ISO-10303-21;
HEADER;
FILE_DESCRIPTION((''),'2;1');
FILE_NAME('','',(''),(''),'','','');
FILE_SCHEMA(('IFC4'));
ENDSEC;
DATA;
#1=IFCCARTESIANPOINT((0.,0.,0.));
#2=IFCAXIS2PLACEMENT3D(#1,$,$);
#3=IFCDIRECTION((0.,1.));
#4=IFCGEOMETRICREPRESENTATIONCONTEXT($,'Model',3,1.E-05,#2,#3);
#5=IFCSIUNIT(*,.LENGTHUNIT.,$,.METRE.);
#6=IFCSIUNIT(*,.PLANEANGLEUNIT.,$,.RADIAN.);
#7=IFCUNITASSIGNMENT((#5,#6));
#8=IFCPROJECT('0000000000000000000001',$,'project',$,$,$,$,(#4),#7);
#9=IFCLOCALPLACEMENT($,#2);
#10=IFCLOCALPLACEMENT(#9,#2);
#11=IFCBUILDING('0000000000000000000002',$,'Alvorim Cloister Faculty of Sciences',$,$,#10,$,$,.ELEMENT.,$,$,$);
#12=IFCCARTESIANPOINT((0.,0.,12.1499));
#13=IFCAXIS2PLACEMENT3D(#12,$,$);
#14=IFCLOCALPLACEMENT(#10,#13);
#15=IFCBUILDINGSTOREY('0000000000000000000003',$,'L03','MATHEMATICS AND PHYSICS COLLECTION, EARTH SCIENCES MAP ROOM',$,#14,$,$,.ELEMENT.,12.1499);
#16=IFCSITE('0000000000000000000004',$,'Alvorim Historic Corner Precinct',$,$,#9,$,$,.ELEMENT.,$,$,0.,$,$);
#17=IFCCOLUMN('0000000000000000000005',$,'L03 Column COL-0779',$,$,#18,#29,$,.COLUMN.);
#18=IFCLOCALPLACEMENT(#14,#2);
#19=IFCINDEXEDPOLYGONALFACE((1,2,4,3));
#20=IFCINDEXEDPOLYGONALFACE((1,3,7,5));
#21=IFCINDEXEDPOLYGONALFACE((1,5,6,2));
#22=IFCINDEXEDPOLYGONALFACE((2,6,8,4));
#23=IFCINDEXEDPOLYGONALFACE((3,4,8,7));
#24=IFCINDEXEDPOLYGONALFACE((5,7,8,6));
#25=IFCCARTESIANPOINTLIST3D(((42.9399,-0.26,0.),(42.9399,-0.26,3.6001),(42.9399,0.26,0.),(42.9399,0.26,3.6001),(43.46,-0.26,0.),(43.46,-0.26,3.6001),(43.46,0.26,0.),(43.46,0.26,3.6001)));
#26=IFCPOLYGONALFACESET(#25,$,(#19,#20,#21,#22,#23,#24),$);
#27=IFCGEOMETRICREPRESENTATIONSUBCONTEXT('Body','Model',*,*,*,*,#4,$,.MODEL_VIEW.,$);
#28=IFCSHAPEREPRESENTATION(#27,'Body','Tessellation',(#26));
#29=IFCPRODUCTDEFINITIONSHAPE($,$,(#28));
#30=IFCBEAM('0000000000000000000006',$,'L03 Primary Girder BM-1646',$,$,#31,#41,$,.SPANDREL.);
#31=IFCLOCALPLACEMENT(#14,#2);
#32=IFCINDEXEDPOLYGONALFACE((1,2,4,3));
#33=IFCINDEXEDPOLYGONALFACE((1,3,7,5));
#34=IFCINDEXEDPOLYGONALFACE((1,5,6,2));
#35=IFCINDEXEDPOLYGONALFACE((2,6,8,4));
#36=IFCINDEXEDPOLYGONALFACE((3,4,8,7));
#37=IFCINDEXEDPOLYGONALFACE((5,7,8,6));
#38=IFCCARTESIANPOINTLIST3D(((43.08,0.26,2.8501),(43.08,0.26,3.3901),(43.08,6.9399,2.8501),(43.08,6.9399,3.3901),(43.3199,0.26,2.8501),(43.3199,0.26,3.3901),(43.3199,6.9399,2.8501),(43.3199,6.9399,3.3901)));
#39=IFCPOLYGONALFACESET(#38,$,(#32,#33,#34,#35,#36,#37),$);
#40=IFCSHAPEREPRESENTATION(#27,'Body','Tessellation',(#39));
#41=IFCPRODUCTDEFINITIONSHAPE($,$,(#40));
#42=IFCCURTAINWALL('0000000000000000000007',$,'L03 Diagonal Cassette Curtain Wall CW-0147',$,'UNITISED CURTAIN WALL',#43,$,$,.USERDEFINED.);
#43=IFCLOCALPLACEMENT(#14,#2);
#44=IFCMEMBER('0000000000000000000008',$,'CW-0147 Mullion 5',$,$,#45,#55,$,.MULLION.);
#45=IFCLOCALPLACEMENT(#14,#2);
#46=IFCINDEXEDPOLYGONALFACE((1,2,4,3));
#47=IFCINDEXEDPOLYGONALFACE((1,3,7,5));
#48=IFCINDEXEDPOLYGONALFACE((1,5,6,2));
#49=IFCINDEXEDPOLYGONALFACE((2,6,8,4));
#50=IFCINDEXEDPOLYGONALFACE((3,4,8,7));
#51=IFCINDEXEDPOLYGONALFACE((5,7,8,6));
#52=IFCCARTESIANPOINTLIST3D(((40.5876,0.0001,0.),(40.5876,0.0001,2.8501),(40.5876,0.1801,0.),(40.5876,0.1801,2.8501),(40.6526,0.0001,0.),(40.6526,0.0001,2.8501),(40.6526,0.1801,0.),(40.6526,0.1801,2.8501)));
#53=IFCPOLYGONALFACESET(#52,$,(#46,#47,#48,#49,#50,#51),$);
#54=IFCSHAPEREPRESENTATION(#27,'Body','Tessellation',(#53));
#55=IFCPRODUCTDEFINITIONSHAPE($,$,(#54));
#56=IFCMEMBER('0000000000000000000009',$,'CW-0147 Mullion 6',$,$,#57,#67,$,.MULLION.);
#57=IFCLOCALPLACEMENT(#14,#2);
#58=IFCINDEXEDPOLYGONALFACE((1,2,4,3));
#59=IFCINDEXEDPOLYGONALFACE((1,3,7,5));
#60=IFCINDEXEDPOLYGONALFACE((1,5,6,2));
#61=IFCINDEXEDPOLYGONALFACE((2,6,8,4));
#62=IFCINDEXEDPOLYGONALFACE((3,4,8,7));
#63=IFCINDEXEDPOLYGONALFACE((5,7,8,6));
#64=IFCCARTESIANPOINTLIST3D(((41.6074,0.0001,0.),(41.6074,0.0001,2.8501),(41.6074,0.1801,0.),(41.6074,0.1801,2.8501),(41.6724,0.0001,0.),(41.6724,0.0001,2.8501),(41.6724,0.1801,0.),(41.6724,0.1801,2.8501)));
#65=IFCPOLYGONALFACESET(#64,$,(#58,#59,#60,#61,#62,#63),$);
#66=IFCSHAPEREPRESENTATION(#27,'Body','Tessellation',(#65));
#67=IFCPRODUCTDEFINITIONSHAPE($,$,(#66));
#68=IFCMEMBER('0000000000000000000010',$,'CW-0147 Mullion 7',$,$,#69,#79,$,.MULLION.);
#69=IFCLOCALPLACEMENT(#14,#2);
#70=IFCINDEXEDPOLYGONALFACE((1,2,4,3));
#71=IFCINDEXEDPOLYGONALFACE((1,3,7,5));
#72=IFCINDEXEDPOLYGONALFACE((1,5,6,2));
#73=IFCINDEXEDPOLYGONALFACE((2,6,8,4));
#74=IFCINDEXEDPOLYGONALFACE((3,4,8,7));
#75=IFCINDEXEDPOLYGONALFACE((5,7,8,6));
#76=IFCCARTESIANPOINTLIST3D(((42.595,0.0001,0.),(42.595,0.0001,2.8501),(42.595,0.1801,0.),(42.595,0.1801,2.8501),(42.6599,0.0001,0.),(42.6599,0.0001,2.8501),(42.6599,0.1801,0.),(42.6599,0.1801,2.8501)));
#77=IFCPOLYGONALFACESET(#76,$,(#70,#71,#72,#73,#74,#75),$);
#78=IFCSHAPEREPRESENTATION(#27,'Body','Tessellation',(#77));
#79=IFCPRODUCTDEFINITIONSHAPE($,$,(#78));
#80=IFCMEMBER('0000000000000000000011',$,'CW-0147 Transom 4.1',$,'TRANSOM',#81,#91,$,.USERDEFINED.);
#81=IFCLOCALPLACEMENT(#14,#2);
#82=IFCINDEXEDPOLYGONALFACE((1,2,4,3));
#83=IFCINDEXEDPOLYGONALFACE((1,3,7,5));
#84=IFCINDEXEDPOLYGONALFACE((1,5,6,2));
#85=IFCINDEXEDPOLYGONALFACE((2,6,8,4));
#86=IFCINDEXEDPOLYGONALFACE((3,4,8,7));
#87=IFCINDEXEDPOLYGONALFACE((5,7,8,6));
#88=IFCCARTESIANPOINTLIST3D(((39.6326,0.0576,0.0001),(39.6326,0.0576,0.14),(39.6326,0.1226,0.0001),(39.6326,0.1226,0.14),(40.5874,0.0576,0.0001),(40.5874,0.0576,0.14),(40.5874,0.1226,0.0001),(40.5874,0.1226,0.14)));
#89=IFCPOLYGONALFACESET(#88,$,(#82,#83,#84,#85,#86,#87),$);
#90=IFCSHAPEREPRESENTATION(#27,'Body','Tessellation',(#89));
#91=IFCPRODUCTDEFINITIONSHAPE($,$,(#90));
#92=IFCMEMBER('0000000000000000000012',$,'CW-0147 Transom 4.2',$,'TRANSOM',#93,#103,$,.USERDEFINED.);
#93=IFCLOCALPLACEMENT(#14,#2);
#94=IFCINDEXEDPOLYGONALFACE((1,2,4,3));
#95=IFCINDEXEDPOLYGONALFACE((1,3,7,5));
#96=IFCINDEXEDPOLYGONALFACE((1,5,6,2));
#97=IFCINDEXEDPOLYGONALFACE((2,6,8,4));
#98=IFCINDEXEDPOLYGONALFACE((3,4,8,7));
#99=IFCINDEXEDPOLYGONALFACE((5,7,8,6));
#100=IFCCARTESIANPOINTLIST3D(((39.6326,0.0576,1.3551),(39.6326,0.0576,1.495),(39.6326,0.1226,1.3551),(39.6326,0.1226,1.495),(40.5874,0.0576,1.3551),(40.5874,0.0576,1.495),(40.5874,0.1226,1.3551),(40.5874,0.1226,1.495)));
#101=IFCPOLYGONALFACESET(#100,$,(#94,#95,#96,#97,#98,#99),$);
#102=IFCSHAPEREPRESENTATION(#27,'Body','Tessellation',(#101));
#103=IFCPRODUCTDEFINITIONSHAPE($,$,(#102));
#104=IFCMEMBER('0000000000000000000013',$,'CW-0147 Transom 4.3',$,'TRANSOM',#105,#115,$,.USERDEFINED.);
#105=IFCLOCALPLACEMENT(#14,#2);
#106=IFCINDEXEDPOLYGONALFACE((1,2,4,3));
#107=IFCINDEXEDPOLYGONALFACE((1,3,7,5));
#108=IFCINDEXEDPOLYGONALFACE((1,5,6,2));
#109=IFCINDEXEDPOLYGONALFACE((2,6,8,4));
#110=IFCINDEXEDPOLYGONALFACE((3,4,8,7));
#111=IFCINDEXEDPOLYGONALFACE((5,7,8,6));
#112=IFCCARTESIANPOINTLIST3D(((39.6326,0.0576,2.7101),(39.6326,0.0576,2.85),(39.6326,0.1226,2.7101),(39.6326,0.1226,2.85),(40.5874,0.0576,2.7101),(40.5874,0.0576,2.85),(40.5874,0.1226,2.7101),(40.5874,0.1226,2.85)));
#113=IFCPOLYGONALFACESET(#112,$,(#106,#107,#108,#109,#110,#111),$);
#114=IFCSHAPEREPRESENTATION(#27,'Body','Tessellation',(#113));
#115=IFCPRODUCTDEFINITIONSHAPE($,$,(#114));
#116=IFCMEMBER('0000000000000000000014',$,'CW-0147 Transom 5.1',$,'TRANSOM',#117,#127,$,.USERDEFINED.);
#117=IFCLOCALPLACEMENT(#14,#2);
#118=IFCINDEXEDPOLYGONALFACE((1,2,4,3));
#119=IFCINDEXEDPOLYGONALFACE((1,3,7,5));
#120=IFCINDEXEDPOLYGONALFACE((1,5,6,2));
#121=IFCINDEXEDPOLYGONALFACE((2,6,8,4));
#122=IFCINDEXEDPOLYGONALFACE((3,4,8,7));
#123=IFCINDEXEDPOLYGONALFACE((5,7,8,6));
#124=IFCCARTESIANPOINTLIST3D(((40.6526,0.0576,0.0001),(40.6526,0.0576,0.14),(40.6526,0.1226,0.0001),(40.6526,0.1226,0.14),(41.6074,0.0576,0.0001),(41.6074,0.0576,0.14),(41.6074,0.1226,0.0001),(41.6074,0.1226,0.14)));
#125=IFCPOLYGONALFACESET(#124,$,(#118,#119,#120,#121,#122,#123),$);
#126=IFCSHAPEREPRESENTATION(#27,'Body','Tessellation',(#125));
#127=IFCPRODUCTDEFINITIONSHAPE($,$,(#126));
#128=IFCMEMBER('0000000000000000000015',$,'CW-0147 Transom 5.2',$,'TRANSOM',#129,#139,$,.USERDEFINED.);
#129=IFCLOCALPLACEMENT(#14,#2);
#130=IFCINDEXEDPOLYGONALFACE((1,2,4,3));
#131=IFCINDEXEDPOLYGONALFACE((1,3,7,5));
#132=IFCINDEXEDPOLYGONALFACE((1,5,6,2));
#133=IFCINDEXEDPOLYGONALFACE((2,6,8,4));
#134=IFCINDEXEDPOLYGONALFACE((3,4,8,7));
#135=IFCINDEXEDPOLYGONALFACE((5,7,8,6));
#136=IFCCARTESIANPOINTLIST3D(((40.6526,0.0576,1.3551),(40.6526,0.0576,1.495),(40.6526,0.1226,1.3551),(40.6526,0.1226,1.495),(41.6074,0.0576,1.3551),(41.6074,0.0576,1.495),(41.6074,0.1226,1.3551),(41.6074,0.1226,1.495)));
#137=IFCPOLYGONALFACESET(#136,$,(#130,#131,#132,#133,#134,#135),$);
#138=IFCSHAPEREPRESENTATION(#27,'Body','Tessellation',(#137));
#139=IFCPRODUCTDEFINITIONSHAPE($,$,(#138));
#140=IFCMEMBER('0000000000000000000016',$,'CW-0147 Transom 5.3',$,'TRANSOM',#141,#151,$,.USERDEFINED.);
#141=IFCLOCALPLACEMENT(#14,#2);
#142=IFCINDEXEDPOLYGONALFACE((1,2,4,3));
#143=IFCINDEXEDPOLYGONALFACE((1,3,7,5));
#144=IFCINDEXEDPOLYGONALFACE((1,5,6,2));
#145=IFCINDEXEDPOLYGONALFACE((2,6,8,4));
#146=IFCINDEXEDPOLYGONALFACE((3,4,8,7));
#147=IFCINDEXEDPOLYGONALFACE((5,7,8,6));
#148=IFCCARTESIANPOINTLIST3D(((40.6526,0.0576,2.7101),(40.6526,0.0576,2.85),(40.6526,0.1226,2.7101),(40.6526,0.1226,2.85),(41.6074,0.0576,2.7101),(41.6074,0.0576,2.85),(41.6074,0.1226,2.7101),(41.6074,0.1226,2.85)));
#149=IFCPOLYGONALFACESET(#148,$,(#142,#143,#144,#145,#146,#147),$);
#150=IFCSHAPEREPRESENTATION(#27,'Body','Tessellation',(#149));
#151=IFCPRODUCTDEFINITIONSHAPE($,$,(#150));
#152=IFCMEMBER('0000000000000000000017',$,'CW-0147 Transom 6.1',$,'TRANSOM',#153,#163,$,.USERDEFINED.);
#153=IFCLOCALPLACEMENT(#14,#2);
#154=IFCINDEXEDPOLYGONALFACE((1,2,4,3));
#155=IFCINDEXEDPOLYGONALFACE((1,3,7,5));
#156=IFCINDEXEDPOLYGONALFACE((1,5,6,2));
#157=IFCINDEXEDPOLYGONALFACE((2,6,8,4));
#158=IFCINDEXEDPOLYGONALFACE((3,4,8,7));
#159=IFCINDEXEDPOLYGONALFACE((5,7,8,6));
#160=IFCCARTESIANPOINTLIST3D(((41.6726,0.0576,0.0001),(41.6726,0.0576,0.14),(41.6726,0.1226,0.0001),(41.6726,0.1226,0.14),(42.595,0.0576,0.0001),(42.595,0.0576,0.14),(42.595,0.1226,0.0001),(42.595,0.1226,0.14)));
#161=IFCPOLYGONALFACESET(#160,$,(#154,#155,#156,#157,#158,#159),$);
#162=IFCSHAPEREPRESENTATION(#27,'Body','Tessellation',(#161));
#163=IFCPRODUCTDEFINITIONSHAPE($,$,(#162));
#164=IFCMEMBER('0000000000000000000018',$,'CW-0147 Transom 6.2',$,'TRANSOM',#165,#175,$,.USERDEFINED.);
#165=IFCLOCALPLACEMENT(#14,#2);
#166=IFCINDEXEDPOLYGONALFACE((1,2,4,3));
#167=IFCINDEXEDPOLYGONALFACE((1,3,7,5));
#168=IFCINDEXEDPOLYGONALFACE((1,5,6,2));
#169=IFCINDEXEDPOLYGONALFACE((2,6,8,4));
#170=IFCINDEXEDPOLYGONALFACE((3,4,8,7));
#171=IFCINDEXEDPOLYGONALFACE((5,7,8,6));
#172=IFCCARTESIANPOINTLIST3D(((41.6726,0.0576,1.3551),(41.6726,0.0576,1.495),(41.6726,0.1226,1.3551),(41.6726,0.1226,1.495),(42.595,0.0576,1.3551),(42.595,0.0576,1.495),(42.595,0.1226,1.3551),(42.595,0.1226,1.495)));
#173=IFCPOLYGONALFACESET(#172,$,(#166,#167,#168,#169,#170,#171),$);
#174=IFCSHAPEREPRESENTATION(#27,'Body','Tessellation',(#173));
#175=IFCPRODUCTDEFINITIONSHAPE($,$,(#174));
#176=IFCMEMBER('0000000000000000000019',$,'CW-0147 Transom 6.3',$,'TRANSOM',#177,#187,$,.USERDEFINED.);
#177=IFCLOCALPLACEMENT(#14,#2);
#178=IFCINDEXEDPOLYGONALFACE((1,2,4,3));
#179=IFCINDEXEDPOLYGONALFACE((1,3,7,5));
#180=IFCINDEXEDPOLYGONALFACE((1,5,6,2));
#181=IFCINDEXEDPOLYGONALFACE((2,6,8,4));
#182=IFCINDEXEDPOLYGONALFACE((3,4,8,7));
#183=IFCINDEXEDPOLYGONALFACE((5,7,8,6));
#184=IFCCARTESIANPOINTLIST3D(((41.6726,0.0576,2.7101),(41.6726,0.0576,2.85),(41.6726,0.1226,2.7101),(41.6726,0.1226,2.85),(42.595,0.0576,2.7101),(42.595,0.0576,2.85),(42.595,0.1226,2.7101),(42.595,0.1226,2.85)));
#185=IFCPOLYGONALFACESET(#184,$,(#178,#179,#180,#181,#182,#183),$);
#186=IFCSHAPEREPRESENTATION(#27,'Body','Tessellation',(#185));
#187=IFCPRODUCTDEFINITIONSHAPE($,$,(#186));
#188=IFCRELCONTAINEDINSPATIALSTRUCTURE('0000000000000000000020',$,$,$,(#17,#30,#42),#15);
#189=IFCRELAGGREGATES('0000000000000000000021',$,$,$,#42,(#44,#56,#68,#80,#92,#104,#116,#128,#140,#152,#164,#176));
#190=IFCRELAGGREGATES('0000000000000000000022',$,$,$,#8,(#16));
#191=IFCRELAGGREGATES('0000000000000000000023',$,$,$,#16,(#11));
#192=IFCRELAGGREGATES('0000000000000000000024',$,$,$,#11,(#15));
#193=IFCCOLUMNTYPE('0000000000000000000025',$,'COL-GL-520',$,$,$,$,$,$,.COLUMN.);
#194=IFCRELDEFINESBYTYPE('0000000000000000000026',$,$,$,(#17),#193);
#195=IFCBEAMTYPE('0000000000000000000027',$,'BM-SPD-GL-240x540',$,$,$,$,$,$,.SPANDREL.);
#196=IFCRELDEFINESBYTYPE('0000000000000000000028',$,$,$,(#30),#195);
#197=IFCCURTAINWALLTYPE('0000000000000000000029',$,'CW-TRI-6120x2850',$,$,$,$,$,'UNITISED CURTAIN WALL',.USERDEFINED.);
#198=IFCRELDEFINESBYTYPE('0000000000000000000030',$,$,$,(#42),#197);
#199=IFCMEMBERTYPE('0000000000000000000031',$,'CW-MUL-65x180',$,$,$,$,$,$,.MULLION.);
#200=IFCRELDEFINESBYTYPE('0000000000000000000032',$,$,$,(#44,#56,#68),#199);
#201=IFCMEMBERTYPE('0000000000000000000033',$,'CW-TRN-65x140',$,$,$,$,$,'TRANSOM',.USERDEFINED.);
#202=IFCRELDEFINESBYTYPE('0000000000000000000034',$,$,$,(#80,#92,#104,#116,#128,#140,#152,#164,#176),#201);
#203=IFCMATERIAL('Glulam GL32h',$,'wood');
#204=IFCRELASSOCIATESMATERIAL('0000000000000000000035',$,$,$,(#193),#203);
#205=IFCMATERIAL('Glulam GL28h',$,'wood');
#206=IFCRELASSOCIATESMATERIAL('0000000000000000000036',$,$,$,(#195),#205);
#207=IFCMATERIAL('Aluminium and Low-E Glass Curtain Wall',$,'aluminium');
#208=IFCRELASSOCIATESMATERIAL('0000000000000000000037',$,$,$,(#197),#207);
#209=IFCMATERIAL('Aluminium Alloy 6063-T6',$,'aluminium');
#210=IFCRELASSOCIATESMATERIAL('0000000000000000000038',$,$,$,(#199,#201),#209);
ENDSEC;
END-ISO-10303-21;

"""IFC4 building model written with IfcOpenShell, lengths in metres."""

from ifc_helpers import new_model, si_unit, direction, frame, origin, origin_2d, place, context, subcontext, project, spatial, rectangle, extrude, material, material_profile, profile_set, type_object, element, aggregate, save


model = new_model("IFC4")

# Units and contexts
model_context = context("Model", 3, precision=1e-05, world=origin(), true_north=direction((0.0, 1.0)))
body_context = subcontext(model_context, "Body", "Model", "MODEL_VIEW")
ifc_project = project(units=[si_unit("LENGTHUNIT", "METRE"), si_unit("PLANEANGLEUNIT", "RADIAN")], contexts=[model_context])

# Site, building, storey
site_placement = place(None, origin())
site = spatial("IfcSite", under=ifc_project, at=site_placement, Name="Alvorim Historic Corner Precinct", CompositionType="ELEMENT", RefElevation=0.0)
building_placement = place(site_placement, origin())
building = spatial("IfcBuilding", under=site, at=building_placement, Name="Alvorim Cloister Faculty of Sciences", CompositionType="ELEMENT")
storey_placement = place(building_placement, frame((0.0, 0.0, 12.1499)))
storey = spatial("IfcBuildingStorey", under=building, at=storey_placement, Name="L03", Description="MATHEMATICS AND PHYSICS COLLECTION, EARTH SCIENCES MAP ROOM", CompositionType="ELEMENT", Elevation=12.1499)

# Column
ifc_material_1 = material(Name="Glulam GL32h", Category="wood")
ifc_material_profile_1 = material_profile(ifc_material_1, rectangle(XDim=0.52, YDim=0.52, at=origin_2d()), Name="GL32-COL-520x520")
ifc_profile_set_1 = profile_set([ifc_material_profile_1], Name="Glulam GL32h")
column_type = type_object("IfcColumnType", Name="COL-GL-520", PredefinedType="COLUMN", material=ifc_profile_set_1)
column_placement = place(storey_placement, frame((43.2, 0.0, 0.0), z_axis=(0.0, 0.0, 1.0), x_axis=(1.0, 0.0, 0.0)))
element("IfcColumn", 1, at=column_placement, inside=storey, type_object=column_type, Name="L03 Column COL-0779", PredefinedType="COLUMN", context=body_context, shape_type="SweptSolid", body=[
    extrude(rectangle(XDim=0.52, YDim=0.52, at=origin_2d()), origin(), (0.0, 0.0, 1.0), 3.6001),
])

# Beam
ifc_material_2 = material(Name="Glulam GL28h", Category="wood")
ifc_material_profile_2 = material_profile(ifc_material_2, rectangle(XDim=0.24, YDim=0.54, at=origin_2d()), Name="GL28-SPD-240x540")
ifc_profile_set_2 = profile_set([ifc_material_profile_2], Name="Glulam GL28h")
beam_type = type_object("IfcBeamType", Name="BM-SPD-GL-240x540", PredefinedType="SPANDREL", material=ifc_profile_set_2)
beam_placement = place(storey_placement, frame((43.2, 0.26, 3.1201), z_axis=(0.0, 1.0, 0.0), x_axis=(-1.0, 0.0, 0.0)))
element("IfcBeam", 2, at=beam_placement, inside=storey, type_object=beam_type, Name="L03 Primary Girder BM-1646", PredefinedType="SPANDREL", context=body_context, shape_type="SweptSolid", body=[
    extrude(rectangle(XDim=0.24, YDim=0.54, at=origin_2d()), origin(), (0.0, 0.0, 1.0), 6.6799),
])

# Curtain wall, members
ifc_material_3 = material(Name="Aluminium and Low-E Glass Curtain Wall", Category="aluminium")
curtain_wall_type = type_object("IfcCurtainWallType", Name="CW-TRI-6120x2850", ElementType="UNITISED CURTAIN WALL", PredefinedType="USERDEFINED", material=ifc_material_3)
curtain_wall_placement = place(storey_placement, origin())
curtain_wall = element("IfcCurtainWall", 3, at=curtain_wall_placement, inside=storey, type_object=curtain_wall_type, Name="L03 Diagonal Cassette Curtain Wall CW-0147", ObjectType="UNITISED CURTAIN WALL", PredefinedType="USERDEFINED")
ifc_material_4 = material(Name="Aluminium Alloy 6063-T6", Category="aluminium")
ifc_material_profile_3 = material_profile(ifc_material_4, rectangle(XDim=0.0649, YDim=0.1799, at=origin_2d()), Name="ALU-MUL-65x180")
ifc_profile_set_3 = profile_set([ifc_material_profile_3], Name="Aluminium Alloy 6063-T6")
member_type_1 = type_object("IfcMemberType", Name="CW-MUL-65x180", PredefinedType="MULLION", material=ifc_profile_set_3)
member_1_placement = place(storey_placement, frame((40.6201, 0.0901, 0.0), z_axis=(0.0, 0.0, 1.0), x_axis=(1.0, 0.0, 0.0)))
member_1 = element("IfcMember", 4, at=member_1_placement, type_object=member_type_1, Name="CW-0147 Mullion 5", PredefinedType="MULLION", context=body_context, shape_type="SweptSolid", body=[
    extrude(rectangle(XDim=0.0649, YDim=0.1799, at=origin_2d()), origin(), (0.0, 0.0, 1.0), 2.8501),
])
member_2_placement = place(storey_placement, frame((41.6399, 0.0901, 0.0), z_axis=(0.0, 0.0, 1.0), x_axis=(1.0, 0.0, 0.0)))
member_2 = element("IfcMember", 5, at=member_2_placement, type_object=member_type_1, Name="CW-0147 Mullion 6", PredefinedType="MULLION", context=body_context, shape_type="SweptSolid", body=[
    extrude(rectangle(XDim=0.0649, YDim=0.1799, at=origin_2d()), origin(), (0.0, 0.0, 1.0), 2.8501),
])
member_3_placement = place(storey_placement, frame((42.6274, 0.0901, 0.0), z_axis=(0.0, 0.0, 1.0), x_axis=(1.0, 0.0, 0.0)))
member_3 = element("IfcMember", 6, at=member_3_placement, type_object=member_type_1, Name="CW-0147 Mullion 7", PredefinedType="MULLION", context=body_context, shape_type="SweptSolid", body=[
    extrude(rectangle(XDim=0.0649, YDim=0.1799, at=origin_2d()), origin(), (0.0, 0.0, 1.0), 2.8501),
])
ifc_material_profile_4 = material_profile(ifc_material_4, rectangle(XDim=0.0649, YDim=0.1399, at=origin_2d()), Name="ALU-TRN-65x140")
ifc_profile_set_4 = profile_set([ifc_material_profile_4], Name="Aluminium Alloy 6063-T6")
member_type_2 = type_object("IfcMemberType", Name="CW-TRN-65x140", ElementType="TRANSOM", PredefinedType="USERDEFINED", material=ifc_profile_set_4)
member_4_placement = place(storey_placement, frame((39.6326, 0.0901, 0.0701), z_axis=(1.0, 0.0, 0.0), x_axis=(0.0, 1.0, 0.0)))
member_4 = element("IfcMember", 7, at=member_4_placement, type_object=member_type_2, Name="CW-0147 Transom 4.1", ObjectType="TRANSOM", PredefinedType="USERDEFINED", context=body_context, shape_type="SweptSolid", body=[
    extrude(rectangle(XDim=0.0649, YDim=0.1399, at=origin_2d()), origin(), (0.0, 0.0, 1.0), 0.9548),
])
member_5_placement = place(storey_placement, frame((39.6326, 0.0901, 1.425), z_axis=(1.0, 0.0, 0.0), x_axis=(0.0, 1.0, 0.0)))
member_5 = element("IfcMember", 8, at=member_5_placement, type_object=member_type_2, Name="CW-0147 Transom 4.2", ObjectType="TRANSOM", PredefinedType="USERDEFINED", context=body_context, shape_type="SweptSolid", body=[
    extrude(rectangle(XDim=0.0649, YDim=0.1399, at=origin_2d()), origin(), (0.0, 0.0, 1.0), 0.9548),
])
member_6_placement = place(storey_placement, frame((39.6326, 0.0901, 2.78), z_axis=(1.0, 0.0, 0.0), x_axis=(0.0, 1.0, 0.0)))
member_6 = element("IfcMember", 9, at=member_6_placement, type_object=member_type_2, Name="CW-0147 Transom 4.3", ObjectType="TRANSOM", PredefinedType="USERDEFINED", context=body_context, shape_type="SweptSolid", body=[
    extrude(rectangle(XDim=0.0649, YDim=0.1399, at=origin_2d()), origin(), (0.0, 0.0, 1.0), 0.9548),
])
member_7_placement = place(storey_placement, frame((40.6526, 0.0901, 0.0701), z_axis=(1.0, 0.0, 0.0), x_axis=(0.0, 1.0, 0.0)))
member_7 = element("IfcMember", 10, at=member_7_placement, type_object=member_type_2, Name="CW-0147 Transom 5.1", ObjectType="TRANSOM", PredefinedType="USERDEFINED", context=body_context, shape_type="SweptSolid", body=[
    extrude(rectangle(XDim=0.0649, YDim=0.1399, at=origin_2d()), origin(), (0.0, 0.0, 1.0), 0.9548),
])
member_8_placement = place(storey_placement, frame((40.6526, 0.0901, 1.425), z_axis=(1.0, 0.0, 0.0), x_axis=(0.0, 1.0, 0.0)))
member_8 = element("IfcMember", 11, at=member_8_placement, type_object=member_type_2, Name="CW-0147 Transom 5.2", ObjectType="TRANSOM", PredefinedType="USERDEFINED", context=body_context, shape_type="SweptSolid", body=[
    extrude(rectangle(XDim=0.0649, YDim=0.1399, at=origin_2d()), origin(), (0.0, 0.0, 1.0), 0.9548),
])
member_9_placement = place(storey_placement, frame((40.6526, 0.0901, 2.78), z_axis=(1.0, 0.0, 0.0), x_axis=(0.0, 1.0, 0.0)))
member_9 = element("IfcMember", 12, at=member_9_placement, type_object=member_type_2, Name="CW-0147 Transom 5.3", ObjectType="TRANSOM", PredefinedType="USERDEFINED", context=body_context, shape_type="SweptSolid", body=[
    extrude(rectangle(XDim=0.0649, YDim=0.1399, at=origin_2d()), origin(), (0.0, 0.0, 1.0), 0.9548),
])
member_10_placement = place(storey_placement, frame((41.6726, 0.0901, 0.0701), z_axis=(1.0, 0.0, 0.0), x_axis=(0.0, 1.0, 0.0)))
member_10 = element("IfcMember", 13, at=member_10_placement, type_object=member_type_2, Name="CW-0147 Transom 6.1", ObjectType="TRANSOM", PredefinedType="USERDEFINED", context=body_context, shape_type="SweptSolid", body=[
    extrude(rectangle(XDim=0.0649, YDim=0.1399, at=origin_2d()), origin(), (0.0, 0.0, 1.0), 0.9224),
])
member_11_placement = place(storey_placement, frame((41.6726, 0.0901, 1.425), z_axis=(1.0, 0.0, 0.0), x_axis=(0.0, 1.0, 0.0)))
member_11 = element("IfcMember", 14, at=member_11_placement, type_object=member_type_2, Name="CW-0147 Transom 6.2", ObjectType="TRANSOM", PredefinedType="USERDEFINED", context=body_context, shape_type="SweptSolid", body=[
    extrude(rectangle(XDim=0.0649, YDim=0.1399, at=origin_2d()), origin(), (0.0, 0.0, 1.0), 0.9224),
])
member_12_placement = place(storey_placement, frame((41.6726, 0.0901, 2.78), z_axis=(1.0, 0.0, 0.0), x_axis=(0.0, 1.0, 0.0)))
member_12 = element("IfcMember", 15, at=member_12_placement, type_object=member_type_2, Name="CW-0147 Transom 6.3", ObjectType="TRANSOM", PredefinedType="USERDEFINED", context=body_context, shape_type="SweptSolid", body=[
    extrude(rectangle(XDim=0.0649, YDim=0.1399, at=origin_2d()), origin(), (0.0, 0.0, 1.0), 0.9224),
])
aggregate(curtain_wall, [member_1, member_2, member_3, member_4, member_5, member_6, member_7, member_8, member_9, member_10, member_11, member_12])

save(model, "model.ifc")
